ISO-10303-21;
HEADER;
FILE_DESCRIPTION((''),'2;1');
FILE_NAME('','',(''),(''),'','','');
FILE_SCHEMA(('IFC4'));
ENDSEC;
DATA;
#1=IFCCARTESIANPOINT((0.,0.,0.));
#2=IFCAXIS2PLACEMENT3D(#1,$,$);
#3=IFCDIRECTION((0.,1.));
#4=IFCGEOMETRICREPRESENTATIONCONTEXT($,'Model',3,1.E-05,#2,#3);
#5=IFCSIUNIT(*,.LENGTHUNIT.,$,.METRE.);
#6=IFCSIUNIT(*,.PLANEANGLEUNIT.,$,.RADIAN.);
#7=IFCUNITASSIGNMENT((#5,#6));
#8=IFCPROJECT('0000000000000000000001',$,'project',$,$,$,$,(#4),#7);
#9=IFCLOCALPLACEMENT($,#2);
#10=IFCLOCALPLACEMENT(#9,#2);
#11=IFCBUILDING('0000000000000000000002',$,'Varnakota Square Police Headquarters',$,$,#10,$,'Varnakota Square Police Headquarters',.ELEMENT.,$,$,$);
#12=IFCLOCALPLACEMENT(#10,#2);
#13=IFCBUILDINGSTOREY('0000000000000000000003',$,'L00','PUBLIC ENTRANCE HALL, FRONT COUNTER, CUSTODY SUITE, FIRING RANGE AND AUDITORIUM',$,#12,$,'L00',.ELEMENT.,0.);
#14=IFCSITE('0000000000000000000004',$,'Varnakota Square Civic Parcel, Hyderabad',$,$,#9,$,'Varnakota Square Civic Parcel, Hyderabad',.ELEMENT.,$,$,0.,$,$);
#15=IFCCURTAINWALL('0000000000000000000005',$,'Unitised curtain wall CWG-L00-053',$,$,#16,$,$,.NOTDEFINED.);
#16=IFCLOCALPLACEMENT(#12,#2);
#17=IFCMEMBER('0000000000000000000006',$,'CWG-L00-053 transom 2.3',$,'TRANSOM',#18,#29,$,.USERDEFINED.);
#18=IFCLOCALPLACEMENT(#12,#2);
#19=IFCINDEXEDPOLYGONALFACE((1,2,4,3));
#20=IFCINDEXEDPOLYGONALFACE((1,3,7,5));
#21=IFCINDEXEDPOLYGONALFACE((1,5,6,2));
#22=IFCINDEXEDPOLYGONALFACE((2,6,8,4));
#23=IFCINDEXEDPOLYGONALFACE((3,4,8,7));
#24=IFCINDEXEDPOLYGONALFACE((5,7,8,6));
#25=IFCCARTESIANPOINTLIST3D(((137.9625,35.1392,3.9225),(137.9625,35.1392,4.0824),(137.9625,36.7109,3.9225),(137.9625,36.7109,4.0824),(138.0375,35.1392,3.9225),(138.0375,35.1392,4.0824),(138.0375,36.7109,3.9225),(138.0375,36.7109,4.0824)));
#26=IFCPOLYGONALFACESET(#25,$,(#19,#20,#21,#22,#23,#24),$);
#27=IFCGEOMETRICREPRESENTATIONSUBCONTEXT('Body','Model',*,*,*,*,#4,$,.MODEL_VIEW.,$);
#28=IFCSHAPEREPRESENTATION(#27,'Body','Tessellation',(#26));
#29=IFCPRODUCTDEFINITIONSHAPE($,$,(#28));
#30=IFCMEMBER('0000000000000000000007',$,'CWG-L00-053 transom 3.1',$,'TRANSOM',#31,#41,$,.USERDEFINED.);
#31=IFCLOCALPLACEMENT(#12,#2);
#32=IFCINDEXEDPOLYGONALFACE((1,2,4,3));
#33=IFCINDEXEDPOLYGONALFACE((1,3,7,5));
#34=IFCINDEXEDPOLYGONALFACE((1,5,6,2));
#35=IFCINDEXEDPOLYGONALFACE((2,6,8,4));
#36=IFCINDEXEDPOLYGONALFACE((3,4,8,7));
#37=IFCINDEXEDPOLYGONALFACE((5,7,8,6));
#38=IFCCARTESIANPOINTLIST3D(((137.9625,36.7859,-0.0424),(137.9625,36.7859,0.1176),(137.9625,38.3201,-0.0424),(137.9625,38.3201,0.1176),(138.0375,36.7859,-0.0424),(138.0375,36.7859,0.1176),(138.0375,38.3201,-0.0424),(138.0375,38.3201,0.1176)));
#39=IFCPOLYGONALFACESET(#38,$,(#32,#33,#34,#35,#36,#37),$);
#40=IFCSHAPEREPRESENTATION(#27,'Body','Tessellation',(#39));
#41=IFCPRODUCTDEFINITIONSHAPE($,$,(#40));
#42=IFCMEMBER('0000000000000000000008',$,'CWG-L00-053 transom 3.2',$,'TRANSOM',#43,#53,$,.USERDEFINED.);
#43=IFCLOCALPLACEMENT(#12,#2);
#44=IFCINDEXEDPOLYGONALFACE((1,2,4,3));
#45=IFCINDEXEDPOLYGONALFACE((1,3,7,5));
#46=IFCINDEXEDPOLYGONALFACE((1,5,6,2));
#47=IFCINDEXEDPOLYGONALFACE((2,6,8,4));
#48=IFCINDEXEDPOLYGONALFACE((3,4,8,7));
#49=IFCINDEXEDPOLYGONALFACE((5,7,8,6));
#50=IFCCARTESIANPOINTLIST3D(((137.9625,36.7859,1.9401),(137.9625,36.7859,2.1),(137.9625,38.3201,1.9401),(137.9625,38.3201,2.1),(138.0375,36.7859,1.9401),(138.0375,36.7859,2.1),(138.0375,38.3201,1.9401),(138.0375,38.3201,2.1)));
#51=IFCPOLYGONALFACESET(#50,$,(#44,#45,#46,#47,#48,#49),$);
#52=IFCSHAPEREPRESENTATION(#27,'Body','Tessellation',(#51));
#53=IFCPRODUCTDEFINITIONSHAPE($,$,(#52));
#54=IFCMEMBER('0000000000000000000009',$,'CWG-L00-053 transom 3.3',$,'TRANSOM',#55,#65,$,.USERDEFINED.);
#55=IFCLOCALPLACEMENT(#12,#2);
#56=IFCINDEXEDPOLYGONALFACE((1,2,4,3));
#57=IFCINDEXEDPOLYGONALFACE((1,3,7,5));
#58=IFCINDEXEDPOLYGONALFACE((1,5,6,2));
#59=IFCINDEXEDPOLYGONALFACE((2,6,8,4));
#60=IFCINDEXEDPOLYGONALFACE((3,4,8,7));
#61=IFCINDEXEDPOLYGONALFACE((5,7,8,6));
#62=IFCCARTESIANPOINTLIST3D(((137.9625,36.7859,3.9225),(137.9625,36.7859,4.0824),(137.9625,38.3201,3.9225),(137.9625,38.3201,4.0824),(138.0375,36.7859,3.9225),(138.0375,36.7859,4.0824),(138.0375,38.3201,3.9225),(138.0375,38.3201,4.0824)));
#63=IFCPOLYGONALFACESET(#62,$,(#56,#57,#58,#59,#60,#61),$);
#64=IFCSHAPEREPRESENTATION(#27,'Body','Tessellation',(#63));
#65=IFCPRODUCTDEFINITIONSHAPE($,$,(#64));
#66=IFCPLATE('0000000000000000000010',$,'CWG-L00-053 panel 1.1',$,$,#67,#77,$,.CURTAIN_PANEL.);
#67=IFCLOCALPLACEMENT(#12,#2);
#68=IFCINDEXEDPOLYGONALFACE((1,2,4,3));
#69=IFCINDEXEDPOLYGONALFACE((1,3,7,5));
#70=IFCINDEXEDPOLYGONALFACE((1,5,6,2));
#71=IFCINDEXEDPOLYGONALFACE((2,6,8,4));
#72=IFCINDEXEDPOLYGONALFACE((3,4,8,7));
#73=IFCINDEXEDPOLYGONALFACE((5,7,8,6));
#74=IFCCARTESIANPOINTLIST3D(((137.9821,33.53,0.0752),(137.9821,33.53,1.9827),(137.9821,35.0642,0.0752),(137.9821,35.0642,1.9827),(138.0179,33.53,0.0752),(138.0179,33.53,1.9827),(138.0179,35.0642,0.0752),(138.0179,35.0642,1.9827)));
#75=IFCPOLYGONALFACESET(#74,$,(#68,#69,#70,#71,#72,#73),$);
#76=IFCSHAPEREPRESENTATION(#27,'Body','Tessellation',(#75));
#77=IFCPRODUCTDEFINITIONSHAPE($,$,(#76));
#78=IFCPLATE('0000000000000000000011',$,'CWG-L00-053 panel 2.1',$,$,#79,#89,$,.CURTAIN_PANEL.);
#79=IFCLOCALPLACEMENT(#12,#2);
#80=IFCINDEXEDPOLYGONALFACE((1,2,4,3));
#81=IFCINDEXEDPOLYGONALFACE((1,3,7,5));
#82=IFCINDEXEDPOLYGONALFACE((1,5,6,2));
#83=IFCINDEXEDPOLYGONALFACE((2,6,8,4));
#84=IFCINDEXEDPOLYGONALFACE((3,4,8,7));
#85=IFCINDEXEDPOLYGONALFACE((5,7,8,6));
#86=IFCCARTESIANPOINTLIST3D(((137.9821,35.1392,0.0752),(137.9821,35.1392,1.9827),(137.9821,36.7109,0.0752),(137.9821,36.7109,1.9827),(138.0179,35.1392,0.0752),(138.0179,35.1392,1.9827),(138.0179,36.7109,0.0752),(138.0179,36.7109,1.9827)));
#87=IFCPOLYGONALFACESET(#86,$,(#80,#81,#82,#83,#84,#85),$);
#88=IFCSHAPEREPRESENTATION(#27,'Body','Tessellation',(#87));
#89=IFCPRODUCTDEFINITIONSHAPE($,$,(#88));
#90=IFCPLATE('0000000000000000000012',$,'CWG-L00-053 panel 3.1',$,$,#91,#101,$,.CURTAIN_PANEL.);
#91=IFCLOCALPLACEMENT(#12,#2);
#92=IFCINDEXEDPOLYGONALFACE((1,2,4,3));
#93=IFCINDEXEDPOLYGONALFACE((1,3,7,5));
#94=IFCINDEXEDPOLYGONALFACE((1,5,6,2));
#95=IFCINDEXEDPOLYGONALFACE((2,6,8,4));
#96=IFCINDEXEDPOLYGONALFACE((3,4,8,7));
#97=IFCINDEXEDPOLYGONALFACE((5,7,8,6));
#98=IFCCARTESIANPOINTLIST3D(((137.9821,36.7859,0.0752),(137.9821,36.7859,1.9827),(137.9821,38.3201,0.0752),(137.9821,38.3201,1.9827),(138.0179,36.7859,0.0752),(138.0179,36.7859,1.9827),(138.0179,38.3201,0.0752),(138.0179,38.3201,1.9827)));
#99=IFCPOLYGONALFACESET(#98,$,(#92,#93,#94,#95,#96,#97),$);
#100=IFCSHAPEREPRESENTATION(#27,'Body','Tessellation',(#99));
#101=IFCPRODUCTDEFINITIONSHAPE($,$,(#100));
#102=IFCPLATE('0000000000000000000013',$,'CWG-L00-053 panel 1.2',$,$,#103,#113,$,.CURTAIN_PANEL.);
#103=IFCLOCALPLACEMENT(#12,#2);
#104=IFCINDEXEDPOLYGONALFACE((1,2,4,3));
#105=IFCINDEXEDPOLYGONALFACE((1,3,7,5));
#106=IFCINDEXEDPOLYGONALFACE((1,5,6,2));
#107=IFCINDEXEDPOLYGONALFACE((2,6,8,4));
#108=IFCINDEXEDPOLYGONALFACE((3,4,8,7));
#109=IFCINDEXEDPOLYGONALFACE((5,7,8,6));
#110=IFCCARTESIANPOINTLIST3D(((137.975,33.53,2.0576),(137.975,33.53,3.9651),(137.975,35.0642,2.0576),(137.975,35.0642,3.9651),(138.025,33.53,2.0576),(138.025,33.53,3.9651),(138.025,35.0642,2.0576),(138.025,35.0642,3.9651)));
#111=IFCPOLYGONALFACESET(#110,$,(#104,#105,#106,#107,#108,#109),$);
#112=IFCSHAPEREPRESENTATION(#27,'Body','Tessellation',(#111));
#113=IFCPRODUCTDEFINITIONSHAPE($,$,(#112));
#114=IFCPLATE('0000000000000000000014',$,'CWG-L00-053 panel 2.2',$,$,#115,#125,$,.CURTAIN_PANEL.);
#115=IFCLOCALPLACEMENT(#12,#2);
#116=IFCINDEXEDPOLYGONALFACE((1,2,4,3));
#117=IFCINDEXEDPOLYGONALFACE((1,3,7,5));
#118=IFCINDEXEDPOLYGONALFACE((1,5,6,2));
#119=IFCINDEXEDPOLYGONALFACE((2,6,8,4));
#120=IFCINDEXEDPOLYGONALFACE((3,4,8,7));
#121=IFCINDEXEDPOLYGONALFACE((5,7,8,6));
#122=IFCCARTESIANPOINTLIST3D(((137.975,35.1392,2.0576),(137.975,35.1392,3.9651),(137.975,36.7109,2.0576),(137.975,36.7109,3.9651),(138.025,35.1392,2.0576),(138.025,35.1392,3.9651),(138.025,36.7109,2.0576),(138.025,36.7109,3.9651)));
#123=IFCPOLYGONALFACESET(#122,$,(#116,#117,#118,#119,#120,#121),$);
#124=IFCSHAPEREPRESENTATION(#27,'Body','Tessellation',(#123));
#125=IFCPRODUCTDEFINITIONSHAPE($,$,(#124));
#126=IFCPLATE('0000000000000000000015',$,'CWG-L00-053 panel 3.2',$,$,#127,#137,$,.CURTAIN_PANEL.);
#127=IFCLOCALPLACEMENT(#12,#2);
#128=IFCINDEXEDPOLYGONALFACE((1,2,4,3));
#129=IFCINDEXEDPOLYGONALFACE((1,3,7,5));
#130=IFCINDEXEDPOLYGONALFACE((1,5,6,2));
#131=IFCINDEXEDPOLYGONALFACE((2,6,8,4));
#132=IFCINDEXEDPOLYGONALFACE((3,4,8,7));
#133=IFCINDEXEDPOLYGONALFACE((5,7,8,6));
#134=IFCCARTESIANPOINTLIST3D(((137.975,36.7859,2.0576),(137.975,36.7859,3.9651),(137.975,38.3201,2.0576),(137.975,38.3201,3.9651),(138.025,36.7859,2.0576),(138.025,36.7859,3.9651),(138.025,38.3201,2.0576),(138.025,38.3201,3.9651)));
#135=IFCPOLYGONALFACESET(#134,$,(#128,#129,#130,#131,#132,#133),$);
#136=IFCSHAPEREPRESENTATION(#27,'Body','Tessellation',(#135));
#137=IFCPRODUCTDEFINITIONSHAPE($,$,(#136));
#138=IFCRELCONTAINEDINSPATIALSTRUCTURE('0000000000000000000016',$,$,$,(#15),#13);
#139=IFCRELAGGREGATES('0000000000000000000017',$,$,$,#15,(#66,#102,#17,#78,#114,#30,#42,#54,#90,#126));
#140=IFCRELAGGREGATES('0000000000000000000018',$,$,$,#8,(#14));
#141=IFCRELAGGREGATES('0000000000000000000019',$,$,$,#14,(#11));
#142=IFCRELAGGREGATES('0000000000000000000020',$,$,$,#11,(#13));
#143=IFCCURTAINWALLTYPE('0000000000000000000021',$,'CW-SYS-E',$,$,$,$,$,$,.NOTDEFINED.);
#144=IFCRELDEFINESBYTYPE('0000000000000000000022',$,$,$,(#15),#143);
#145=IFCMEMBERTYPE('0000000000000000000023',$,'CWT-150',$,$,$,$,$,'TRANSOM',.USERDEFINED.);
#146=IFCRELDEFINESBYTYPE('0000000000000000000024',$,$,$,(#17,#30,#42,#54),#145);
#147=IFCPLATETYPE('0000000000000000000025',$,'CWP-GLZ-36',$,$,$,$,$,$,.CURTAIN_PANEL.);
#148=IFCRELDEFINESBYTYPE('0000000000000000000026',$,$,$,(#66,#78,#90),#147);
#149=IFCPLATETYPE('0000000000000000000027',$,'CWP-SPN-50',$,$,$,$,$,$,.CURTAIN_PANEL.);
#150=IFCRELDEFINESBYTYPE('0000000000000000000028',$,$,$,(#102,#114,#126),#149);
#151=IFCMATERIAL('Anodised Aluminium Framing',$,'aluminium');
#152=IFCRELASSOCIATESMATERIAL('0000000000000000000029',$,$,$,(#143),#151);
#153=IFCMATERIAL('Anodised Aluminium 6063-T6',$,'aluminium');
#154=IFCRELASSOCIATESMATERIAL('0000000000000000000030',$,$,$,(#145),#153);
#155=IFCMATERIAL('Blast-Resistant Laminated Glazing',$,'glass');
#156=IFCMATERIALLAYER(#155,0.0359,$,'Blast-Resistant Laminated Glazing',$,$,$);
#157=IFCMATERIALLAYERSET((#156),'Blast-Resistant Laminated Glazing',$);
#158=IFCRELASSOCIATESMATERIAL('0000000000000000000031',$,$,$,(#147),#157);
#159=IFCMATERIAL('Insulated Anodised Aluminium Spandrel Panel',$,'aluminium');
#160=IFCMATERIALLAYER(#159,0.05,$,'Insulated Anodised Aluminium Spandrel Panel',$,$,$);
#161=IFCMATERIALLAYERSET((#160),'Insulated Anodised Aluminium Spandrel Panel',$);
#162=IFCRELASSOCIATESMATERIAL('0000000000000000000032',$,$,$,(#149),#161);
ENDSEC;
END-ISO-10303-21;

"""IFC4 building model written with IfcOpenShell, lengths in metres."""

from ifc_helpers import new_model, si_unit, direction, frame, origin, origin_2d, place, context, subcontext, project, spatial, rectangle, extrude, material, layer, layer_set, material_profile, profile_set, type_object, element, aggregate, save


model = new_model("IFC4")

# Units and contexts
model_context = context("Model", 3, precision=1e-05, world=origin(), true_north=direction((0.0, 1.0)))
body_context = subcontext(model_context, "Body", "Model", "MODEL_VIEW")
ifc_project = project(units=[si_unit("LENGTHUNIT", "METRE"), si_unit("PLANEANGLEUNIT", "RADIAN")], contexts=[model_context])

# Site, building, storey
site_placement = place(None, origin())
site = spatial("IfcSite", under=ifc_project, at=site_placement, Name="Varnakota Square Civic Parcel, Hyderabad", LongName="Varnakota Square Civic Parcel, Hyderabad", CompositionType="ELEMENT", RefElevation=0.0)
building_placement = place(site_placement, origin())
building = spatial("IfcBuilding", under=site, at=building_placement, Name="Varnakota Square Police Headquarters", LongName="Varnakota Square Police Headquarters", CompositionType="ELEMENT")
storey_placement = place(building_placement, origin())
storey = spatial("IfcBuildingStorey", under=building, at=storey_placement, Name="L00", Description="PUBLIC ENTRANCE HALL, FRONT COUNTER, CUSTODY SUITE, FIRING RANGE AND AUDITORIUM", LongName="L00", CompositionType="ELEMENT", Elevation=0.0)

# Curtain wall, members, plates
ifc_material_1 = material(Name="Anodised Aluminium Framing", Category="aluminium")
curtain_wall_type = type_object("IfcCurtainWallType", Name="CW-SYS-E", PredefinedType="NOTDEFINED", material=ifc_material_1)
curtain_wall_placement = place(storey_placement, origin())
curtain_wall = element("IfcCurtainWall", 1, at=curtain_wall_placement, inside=storey, type_object=curtain_wall_type, Name="Unitised curtain wall CWG-L00-053", PredefinedType="NOTDEFINED")
ifc_material_2 = material(Name="Anodised Aluminium 6063-T6", Category="aluminium")
ifc_material_profile_1 = material_profile(ifc_material_2, rectangle(XDim=0.075, YDim=0.1599, at=origin_2d()), Name="ALU TRANSOM 75x160")
ifc_profile_set_1 = profile_set([ifc_material_profile_1], Name="Anodised Aluminium 6063-T6")
member_type_1 = type_object("IfcMemberType", Name="CWT-150", ElementType="TRANSOM", PredefinedType="USERDEFINED", material=ifc_profile_set_1)
member_1_placement = place(storey_placement, frame((138.0, 35.1392, 4.0024), z_axis=(0.0, 1.0, 0.0), x_axis=(-1.0, 0.0, 0.0)))
member_1 = element("IfcMember", 2, at=member_1_placement, type_object=member_type_1, Name="CWG-L00-053 transom 2.3", ObjectType="TRANSOM", PredefinedType="USERDEFINED", context=body_context, shape_type="SweptSolid", body=[
    extrude(rectangle(XDim=0.075, YDim=0.1599, at=origin_2d()), origin(), (0.0, 0.0, 1.0), 1.5718),
])
member_2_placement = place(storey_placement, frame((138.0, 36.7859, 0.0376), z_axis=(0.0, 1.0, 0.0), x_axis=(-1.0, 0.0, 0.0)))
member_2 = element("IfcMember", 3, at=member_2_placement, type_object=member_type_1, Name="CWG-L00-053 transom 3.1", ObjectType="TRANSOM", PredefinedType="USERDEFINED", context=body_context, shape_type="SweptSolid", body=[
    extrude(rectangle(XDim=0.075, YDim=0.1599, at=origin_2d()), origin(), (0.0, 0.0, 1.0), 1.5342),
])
member_3_placement = place(storey_placement, frame((138.0, 36.7859, 2.02), z_axis=(0.0, 1.0, 0.0), x_axis=(-1.0, 0.0, 0.0)))
member_3 = element("IfcMember", 4, at=member_3_placement, type_object=member_type_1, Name="CWG-L00-053 transom 3.2", ObjectType="TRANSOM", PredefinedType="USERDEFINED", context=body_context, shape_type="SweptSolid", body=[
    extrude(rectangle(XDim=0.075, YDim=0.1599, at=origin_2d()), origin(), (0.0, 0.0, 1.0), 1.5342),
])
member_4_placement = place(storey_placement, frame((138.0, 36.7859, 4.0024), z_axis=(0.0, 1.0, 0.0), x_axis=(-1.0, 0.0, 0.0)))
member_4 = element("IfcMember", 5, at=member_4_placement, type_object=member_type_1, Name="CWG-L00-053 transom 3.3", ObjectType="TRANSOM", PredefinedType="USERDEFINED", context=body_context, shape_type="SweptSolid", body=[
    extrude(rectangle(XDim=0.075, YDim=0.1599, at=origin_2d()), origin(), (0.0, 0.0, 1.0), 1.5342),
])
ifc_material_3 = material(Name="Blast-Resistant Laminated Glazing", Category="glass")
ifc_layer_1 = layer(ifc_material_3, 0.0359, Name="Blast-Resistant Laminated Glazing")
ifc_layer_set_1 = layer_set([ifc_layer_1], Name="Blast-Resistant Laminated Glazing")
plate_type_1 = type_object("IfcPlateType", Name="CWP-GLZ-36", PredefinedType="CURTAIN_PANEL", material=ifc_layer_set_1)
plate_1_placement = place(storey_placement, frame((138.0, 34.2971, 0.0752), z_axis=(0.0, 0.0, 1.0), x_axis=(0.0, 1.0, 0.0)))
plate_1 = element("IfcPlate", 6, at=plate_1_placement, type_object=plate_type_1, Name="CWG-L00-053 panel 1.1", PredefinedType="CURTAIN_PANEL", context=body_context, shape_type="SweptSolid", body=[
    extrude(rectangle(XDim=1.5342, YDim=0.0359, at=origin_2d()), origin(), (0.0, 0.0, 1.0), 1.9075),
])
plate_2_placement = place(storey_placement, frame((138.0, 35.925, 0.0752), z_axis=(0.0, 0.0, 1.0), x_axis=(0.0, 1.0, 0.0)))
plate_2 = element("IfcPlate", 7, at=plate_2_placement, type_object=plate_type_1, Name="CWG-L00-053 panel 2.1", PredefinedType="CURTAIN_PANEL", context=body_context, shape_type="SweptSolid", body=[
    extrude(rectangle(XDim=1.5718, YDim=0.0359, at=origin_2d()), origin(), (0.0, 0.0, 1.0), 1.9075),
])
plate_3_placement = place(storey_placement, frame((138.0, 37.553, 0.0752), z_axis=(0.0, 0.0, 1.0), x_axis=(0.0, 1.0, 0.0)))
plate_3 = element("IfcPlate", 8, at=plate_3_placement, type_object=plate_type_1, Name="CWG-L00-053 panel 3.1", PredefinedType="CURTAIN_PANEL", context=body_context, shape_type="SweptSolid", body=[
    extrude(rectangle(XDim=1.5342, YDim=0.0359, at=origin_2d()), origin(), (0.0, 0.0, 1.0), 1.9075),
])
ifc_material_4 = material(Name="Insulated Anodised Aluminium Spandrel Panel", Category="aluminium")
ifc_layer_2 = layer(ifc_material_4, 0.05, Name="Insulated Anodised Aluminium Spandrel Panel")
ifc_layer_set_2 = layer_set([ifc_layer_2], Name="Insulated Anodised Aluminium Spandrel Panel")
plate_type_2 = type_object("IfcPlateType", Name="CWP-SPN-50", PredefinedType="CURTAIN_PANEL", material=ifc_layer_set_2)
plate_4_placement = place(storey_placement, frame((138.0, 34.2971, 2.0576), z_axis=(0.0, 0.0, 1.0), x_axis=(0.0, 1.0, 0.0)))
plate_4 = element("IfcPlate", 9, at=plate_4_placement, type_object=plate_type_2, Name="CWG-L00-053 panel 1.2", PredefinedType="CURTAIN_PANEL", context=body_context, shape_type="SweptSolid", body=[
    extrude(rectangle(XDim=1.5342, YDim=0.05, at=origin_2d()), origin(), (0.0, 0.0, 1.0), 1.9075),
])
plate_5_placement = place(storey_placement, frame((138.0, 35.925, 2.0576), z_axis=(0.0, 0.0, 1.0), x_axis=(0.0, 1.0, 0.0)))
plate_5 = element("IfcPlate", 10, at=plate_5_placement, type_object=plate_type_2, Name="CWG-L00-053 panel 2.2", PredefinedType="CURTAIN_PANEL", context=body_context, shape_type="SweptSolid", body=[
    extrude(rectangle(XDim=1.5718, YDim=0.05, at=origin_2d()), origin(), (0.0, 0.0, 1.0), 1.9075),
])
plate_6_placement = place(storey_placement, frame((138.0, 37.553, 2.0576), z_axis=(0.0, 0.0, 1.0), x_axis=(0.0, 1.0, 0.0)))
plate_6 = element("IfcPlate", 11, at=plate_6_placement, type_object=plate_type_2, Name="CWG-L00-053 panel 3.2", PredefinedType="CURTAIN_PANEL", context=body_context, shape_type="SweptSolid", body=[
    extrude(rectangle(XDim=1.5342, YDim=0.05, at=origin_2d()), origin(), (0.0, 0.0, 1.0), 1.9075),
])
aggregate(curtain_wall, [plate_1, plate_4, member_1, plate_2, plate_5, member_2, member_3, member_4, plate_3, plate_6])

save(model, "model.ifc")
